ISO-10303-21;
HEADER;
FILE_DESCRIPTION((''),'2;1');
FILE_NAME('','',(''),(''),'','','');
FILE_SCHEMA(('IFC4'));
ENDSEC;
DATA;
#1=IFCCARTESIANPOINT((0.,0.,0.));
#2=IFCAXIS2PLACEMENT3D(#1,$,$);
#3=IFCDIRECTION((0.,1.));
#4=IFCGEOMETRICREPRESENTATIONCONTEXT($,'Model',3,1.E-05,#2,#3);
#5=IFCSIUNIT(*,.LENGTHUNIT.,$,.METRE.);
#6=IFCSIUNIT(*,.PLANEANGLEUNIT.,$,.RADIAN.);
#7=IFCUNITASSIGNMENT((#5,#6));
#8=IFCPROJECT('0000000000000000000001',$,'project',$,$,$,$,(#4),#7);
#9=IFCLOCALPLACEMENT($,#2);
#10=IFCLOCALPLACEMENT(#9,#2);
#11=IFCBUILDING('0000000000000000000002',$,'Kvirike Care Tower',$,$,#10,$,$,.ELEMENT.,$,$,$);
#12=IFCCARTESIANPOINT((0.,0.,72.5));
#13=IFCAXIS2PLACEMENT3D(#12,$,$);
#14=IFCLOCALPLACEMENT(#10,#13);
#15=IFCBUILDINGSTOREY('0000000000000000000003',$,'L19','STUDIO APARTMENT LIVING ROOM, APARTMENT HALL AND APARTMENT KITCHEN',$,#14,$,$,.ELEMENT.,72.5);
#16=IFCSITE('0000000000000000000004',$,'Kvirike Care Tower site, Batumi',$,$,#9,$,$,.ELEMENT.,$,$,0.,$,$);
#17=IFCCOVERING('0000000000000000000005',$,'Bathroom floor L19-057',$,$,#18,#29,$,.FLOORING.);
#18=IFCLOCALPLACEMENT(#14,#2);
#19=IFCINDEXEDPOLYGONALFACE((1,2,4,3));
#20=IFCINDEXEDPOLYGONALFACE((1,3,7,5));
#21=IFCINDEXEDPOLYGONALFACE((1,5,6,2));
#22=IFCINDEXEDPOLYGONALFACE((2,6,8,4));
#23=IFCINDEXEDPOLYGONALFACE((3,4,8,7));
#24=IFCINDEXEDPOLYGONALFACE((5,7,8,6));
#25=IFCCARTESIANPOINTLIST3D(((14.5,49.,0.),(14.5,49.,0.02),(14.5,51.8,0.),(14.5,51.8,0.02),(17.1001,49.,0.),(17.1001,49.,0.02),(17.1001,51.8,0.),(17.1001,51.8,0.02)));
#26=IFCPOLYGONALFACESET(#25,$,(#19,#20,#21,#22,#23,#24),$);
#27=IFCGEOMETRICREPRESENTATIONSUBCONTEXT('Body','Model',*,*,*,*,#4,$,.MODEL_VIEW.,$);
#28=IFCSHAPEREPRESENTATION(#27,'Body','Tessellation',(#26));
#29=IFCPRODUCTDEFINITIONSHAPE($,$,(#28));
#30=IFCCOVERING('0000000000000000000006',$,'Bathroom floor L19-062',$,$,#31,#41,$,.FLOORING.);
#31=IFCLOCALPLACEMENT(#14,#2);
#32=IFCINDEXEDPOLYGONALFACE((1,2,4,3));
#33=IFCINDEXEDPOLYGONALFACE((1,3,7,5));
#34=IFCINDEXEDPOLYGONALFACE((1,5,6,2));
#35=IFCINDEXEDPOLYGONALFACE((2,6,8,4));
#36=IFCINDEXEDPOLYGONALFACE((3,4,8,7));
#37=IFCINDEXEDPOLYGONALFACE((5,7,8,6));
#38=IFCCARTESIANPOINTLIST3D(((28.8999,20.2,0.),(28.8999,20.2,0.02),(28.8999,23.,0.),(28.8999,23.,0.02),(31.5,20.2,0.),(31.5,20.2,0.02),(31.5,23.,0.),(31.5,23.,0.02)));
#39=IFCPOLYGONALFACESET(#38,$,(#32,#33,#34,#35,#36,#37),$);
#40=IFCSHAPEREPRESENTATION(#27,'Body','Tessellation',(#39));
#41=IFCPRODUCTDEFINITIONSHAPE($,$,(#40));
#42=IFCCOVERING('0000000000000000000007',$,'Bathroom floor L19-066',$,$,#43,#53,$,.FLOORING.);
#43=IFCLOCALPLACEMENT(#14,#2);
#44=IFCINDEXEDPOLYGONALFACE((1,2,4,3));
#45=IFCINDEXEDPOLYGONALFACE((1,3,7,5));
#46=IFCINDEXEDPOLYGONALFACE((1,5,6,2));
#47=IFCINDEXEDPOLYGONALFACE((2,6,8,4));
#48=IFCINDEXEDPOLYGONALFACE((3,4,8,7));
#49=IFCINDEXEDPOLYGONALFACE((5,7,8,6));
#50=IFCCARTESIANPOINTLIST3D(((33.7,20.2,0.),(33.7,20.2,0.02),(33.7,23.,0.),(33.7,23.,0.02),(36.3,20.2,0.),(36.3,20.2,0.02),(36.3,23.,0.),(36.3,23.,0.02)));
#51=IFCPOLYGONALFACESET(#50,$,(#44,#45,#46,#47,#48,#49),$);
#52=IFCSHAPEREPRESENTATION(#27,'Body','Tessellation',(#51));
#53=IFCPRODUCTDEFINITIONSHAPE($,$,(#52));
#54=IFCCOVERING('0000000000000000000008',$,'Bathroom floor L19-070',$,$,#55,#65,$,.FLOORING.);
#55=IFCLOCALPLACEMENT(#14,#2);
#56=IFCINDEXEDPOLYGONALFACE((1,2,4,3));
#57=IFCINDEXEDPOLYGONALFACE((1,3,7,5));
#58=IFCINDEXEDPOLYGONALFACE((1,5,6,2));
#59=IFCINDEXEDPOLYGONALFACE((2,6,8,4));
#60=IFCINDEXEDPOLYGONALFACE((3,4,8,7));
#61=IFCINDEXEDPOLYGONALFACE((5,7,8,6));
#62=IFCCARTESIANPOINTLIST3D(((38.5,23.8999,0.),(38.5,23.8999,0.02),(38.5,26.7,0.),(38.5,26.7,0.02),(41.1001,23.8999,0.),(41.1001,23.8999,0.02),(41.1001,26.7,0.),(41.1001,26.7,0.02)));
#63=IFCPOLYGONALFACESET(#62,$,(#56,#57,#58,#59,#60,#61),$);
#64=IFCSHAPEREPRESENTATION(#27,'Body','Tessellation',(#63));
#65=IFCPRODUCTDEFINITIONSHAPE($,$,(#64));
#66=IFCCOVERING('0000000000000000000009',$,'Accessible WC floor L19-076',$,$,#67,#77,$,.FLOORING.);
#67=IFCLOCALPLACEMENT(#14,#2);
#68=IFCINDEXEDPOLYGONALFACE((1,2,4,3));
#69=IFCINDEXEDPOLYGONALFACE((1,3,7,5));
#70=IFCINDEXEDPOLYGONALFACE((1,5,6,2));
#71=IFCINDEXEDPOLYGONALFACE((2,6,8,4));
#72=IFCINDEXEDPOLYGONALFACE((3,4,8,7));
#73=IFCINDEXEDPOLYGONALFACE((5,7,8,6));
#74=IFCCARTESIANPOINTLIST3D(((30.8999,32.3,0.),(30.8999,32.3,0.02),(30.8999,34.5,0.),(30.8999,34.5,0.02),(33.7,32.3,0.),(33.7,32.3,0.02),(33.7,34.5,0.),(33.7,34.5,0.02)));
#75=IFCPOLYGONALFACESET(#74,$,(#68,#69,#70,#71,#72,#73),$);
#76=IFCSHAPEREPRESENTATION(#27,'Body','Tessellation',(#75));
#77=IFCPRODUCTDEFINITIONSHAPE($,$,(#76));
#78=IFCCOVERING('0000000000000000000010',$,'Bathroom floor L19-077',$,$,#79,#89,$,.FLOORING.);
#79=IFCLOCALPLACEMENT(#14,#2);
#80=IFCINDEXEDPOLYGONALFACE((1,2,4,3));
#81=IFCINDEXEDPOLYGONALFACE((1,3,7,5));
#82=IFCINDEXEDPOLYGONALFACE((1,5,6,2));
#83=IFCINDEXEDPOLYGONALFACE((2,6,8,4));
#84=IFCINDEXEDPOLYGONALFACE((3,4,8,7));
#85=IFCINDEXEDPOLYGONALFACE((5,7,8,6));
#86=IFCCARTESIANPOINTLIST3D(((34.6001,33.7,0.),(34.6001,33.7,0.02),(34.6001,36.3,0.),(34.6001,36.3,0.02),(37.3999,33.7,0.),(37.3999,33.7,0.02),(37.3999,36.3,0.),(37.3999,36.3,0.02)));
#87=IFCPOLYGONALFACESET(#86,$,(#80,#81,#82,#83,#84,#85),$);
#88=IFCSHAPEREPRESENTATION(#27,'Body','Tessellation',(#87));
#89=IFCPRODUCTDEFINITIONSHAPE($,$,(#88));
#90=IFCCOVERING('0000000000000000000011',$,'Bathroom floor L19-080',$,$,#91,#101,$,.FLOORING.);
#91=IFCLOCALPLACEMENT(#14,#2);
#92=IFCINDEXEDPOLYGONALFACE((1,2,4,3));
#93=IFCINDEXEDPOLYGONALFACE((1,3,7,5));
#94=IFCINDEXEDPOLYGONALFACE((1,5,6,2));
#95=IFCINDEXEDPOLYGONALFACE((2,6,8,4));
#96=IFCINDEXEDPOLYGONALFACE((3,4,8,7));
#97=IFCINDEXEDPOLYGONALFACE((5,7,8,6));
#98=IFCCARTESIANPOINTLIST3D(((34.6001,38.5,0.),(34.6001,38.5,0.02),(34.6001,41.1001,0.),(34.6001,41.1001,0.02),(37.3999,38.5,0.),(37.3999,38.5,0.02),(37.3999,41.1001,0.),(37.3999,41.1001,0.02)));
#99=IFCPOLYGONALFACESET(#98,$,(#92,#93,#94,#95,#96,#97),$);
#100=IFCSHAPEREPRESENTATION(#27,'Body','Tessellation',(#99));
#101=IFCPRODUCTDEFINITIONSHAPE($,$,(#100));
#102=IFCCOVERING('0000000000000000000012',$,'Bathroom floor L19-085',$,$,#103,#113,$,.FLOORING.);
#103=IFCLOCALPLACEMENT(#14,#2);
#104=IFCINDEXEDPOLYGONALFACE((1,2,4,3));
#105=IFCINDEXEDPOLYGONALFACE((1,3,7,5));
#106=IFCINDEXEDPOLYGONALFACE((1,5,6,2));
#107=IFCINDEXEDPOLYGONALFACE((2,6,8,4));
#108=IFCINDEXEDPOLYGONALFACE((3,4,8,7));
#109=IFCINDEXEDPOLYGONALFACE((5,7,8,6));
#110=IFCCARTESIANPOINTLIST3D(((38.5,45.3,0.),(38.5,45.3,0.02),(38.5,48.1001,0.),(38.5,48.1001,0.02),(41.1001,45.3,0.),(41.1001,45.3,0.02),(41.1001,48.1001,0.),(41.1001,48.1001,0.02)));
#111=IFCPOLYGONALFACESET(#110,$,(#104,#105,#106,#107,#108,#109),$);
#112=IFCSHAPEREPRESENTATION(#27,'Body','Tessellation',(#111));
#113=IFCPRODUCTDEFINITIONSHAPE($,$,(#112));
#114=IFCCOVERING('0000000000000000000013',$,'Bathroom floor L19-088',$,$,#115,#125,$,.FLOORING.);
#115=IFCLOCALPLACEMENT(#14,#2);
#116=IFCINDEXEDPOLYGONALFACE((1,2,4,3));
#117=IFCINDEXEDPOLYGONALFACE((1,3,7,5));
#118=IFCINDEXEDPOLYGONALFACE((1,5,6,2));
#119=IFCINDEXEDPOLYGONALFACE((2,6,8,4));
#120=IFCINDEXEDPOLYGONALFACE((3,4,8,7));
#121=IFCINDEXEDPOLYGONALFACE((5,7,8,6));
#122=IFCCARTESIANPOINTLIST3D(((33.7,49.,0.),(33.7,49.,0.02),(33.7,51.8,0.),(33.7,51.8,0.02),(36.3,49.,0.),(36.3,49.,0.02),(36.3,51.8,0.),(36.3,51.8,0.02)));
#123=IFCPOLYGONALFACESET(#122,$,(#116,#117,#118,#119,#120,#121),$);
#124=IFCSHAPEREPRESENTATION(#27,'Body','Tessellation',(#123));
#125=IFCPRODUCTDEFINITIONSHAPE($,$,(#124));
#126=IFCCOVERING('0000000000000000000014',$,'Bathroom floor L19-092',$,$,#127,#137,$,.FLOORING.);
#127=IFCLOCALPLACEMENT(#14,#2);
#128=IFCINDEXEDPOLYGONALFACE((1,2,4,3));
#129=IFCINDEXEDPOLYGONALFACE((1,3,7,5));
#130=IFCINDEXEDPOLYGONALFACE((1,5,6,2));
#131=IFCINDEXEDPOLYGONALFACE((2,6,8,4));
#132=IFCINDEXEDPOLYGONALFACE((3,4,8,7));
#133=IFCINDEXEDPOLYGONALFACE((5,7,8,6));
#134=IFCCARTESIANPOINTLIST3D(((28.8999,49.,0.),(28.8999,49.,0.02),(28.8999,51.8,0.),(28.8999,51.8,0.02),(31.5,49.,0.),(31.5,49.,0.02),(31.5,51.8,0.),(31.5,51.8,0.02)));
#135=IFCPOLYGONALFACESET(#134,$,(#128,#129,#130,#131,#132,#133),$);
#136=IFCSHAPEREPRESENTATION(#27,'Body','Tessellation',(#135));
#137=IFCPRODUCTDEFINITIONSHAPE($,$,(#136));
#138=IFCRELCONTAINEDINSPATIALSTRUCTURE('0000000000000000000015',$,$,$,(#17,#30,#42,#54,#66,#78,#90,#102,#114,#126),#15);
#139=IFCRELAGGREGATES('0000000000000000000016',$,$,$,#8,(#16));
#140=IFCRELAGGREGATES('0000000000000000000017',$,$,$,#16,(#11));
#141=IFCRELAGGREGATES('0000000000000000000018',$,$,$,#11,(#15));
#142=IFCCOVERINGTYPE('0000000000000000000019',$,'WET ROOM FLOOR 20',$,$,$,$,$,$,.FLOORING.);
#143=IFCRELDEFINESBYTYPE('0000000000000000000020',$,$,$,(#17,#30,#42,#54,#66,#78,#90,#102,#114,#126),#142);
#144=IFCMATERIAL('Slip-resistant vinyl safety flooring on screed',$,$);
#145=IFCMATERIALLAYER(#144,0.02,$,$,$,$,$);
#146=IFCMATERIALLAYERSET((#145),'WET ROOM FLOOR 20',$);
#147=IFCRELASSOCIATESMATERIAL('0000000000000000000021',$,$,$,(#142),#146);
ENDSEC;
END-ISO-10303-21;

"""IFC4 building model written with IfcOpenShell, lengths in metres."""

from ifc_helpers import new_model, si_unit, direction, frame, origin, place, context, subcontext, project, spatial, polyline, outline, extrude, material, layer, layer_set, type_object, element, save


model = new_model("IFC4")

# Units and contexts
model_context = context("Model", 3, precision=1e-05, world=origin(), true_north=direction((0.0, 1.0)))
body_context = subcontext(model_context, "Body", "Model", "MODEL_VIEW")
ifc_project = project(units=[si_unit("LENGTHUNIT", "METRE"), si_unit("PLANEANGLEUNIT", "RADIAN")], contexts=[model_context])

# Site, building, storey
site_placement = place(None, origin())
site = spatial("IfcSite", under=ifc_project, at=site_placement, Name="Kvirike Care Tower site, Batumi", CompositionType="ELEMENT", RefElevation=0.0)
building_placement = place(site_placement, origin())
building = spatial("IfcBuilding", under=site, at=building_placement, Name="Kvirike Care Tower", CompositionType="ELEMENT")
storey_placement = place(building_placement, frame((0.0, 0.0, 72.5)))
storey = spatial("IfcBuildingStorey", under=building, at=storey_placement, Name="L19", Description="STUDIO APARTMENT LIVING ROOM, APARTMENT HALL AND APARTMENT KITCHEN", CompositionType="ELEMENT", Elevation=72.5)

# Coverings
ifc_material_1 = material(Name="Slip-resistant vinyl safety flooring on screed")
ifc_layer_1 = layer(ifc_material_1, 0.02)
ifc_layer_set_1 = layer_set([ifc_layer_1], Name="WET ROOM FLOOR 20")
covering_type = type_object("IfcCoveringType", Name="WET ROOM FLOOR 20", PredefinedType="FLOORING", material=ifc_layer_set_1)
covering_1_placement = place(storey_placement, origin())
element("IfcCovering", 1, at=covering_1_placement, inside=storey, type_object=covering_type, Name="Bathroom floor L19-057", PredefinedType="FLOORING", context=body_context, shape_type="SweptSolid", body=[
    extrude(outline(polyline([(17.1001, 51.8), (17.1001, 49.0), (14.5, 49.0), (14.5, 51.8), (17.1001, 51.8)])), origin(), (0.0, 0.0, 1.0), 0.02),
])
covering_2_placement = place(storey_placement, origin())
element("IfcCovering", 2, at=covering_2_placement, inside=storey, type_object=covering_type, Name="Bathroom floor L19-062", PredefinedType="FLOORING", context=body_context, shape_type="SweptSolid", body=[
    extrude(outline(polyline([(28.8999, 20.2), (28.8999, 23.0), (31.5, 23.0), (31.5, 20.2), (28.8999, 20.2)])), origin(), (0.0, 0.0, 1.0), 0.02),
])
covering_3_placement = place(storey_placement, origin())
element("IfcCovering", 3, at=covering_3_placement, inside=storey, type_object=covering_type, Name="Bathroom floor L19-066", PredefinedType="FLOORING", context=body_context, shape_type="SweptSolid", body=[
    extrude(outline(polyline([(33.7, 20.2), (33.7, 23.0), (36.3, 23.0), (36.3, 20.2), (33.7, 20.2)])), origin(), (0.0, 0.0, 1.0), 0.02),
])
covering_4_placement = place(storey_placement, origin())
element("IfcCovering", 4, at=covering_4_placement, inside=storey, type_object=covering_type, Name="Bathroom floor L19-070", PredefinedType="FLOORING", context=body_context, shape_type="SweptSolid", body=[
    extrude(outline(polyline([(38.5, 23.8999), (38.5, 26.7), (41.1001, 26.7), (41.1001, 23.8999), (38.5, 23.8999)])), origin(), (0.0, 0.0, 1.0), 0.02),
])
covering_5_placement = place(storey_placement, origin())
element("IfcCovering", 5, at=covering_5_placement, inside=storey, type_object=covering_type, Name="Accessible WC floor L19-076", PredefinedType="FLOORING", context=body_context, shape_type="SweptSolid", body=[
    extrude(outline(polyline([(33.7, 32.3), (30.8999, 32.3), (30.8999, 34.5), (33.7, 34.5), (33.7, 32.3)])), origin(), (0.0, 0.0, 1.0), 0.02),
])
covering_6_placement = place(storey_placement, origin())
element("IfcCovering", 6, at=covering_6_placement, inside=storey, type_object=covering_type, Name="Bathroom floor L19-077", PredefinedType="FLOORING", context=body_context, shape_type="SweptSolid", body=[
    extrude(outline(polyline([(37.3999, 33.7), (34.6001, 33.7), (34.6001, 36.3), (37.3999, 36.3), (37.3999, 33.7)])), origin(), (0.0, 0.0, 1.0), 0.02),
])
covering_7_placement = place(storey_placement, origin())
element("IfcCovering", 7, at=covering_7_placement, inside=storey, type_object=covering_type, Name="Bathroom floor L19-080", PredefinedType="FLOORING", context=body_context, shape_type="SweptSolid", body=[
    extrude(outline(polyline([(37.3999, 38.5), (34.6001, 38.5), (34.6001, 41.1001), (37.3999, 41.1001), (37.3999, 38.5)])), origin(), (0.0, 0.0, 1.0), 0.02),
])
covering_8_placement = place(storey_placement, origin())
element("IfcCovering", 8, at=covering_8_placement, inside=storey, type_object=covering_type, Name="Bathroom floor L19-085", PredefinedType="FLOORING", context=body_context, shape_type="SweptSolid", body=[
    extrude(outline(polyline([(41.1001, 48.1001), (41.1001, 45.3), (38.5, 45.3), (38.5, 48.1001), (41.1001, 48.1001)])), origin(), (0.0, 0.0, 1.0), 0.02),
])
covering_9_placement = place(storey_placement, origin())
element("IfcCovering", 9, at=covering_9_placement, inside=storey, type_object=covering_type, Name="Bathroom floor L19-088", PredefinedType="FLOORING", context=body_context, shape_type="SweptSolid", body=[
    extrude(outline(polyline([(36.3, 51.8), (36.3, 49.0), (33.7, 49.0), (33.7, 51.8), (36.3, 51.8)])), origin(), (0.0, 0.0, 1.0), 0.02),
])
covering_10_placement = place(storey_placement, origin())
element("IfcCovering", 10, at=covering_10_placement, inside=storey, type_object=covering_type, Name="Bathroom floor L19-092", PredefinedType="FLOORING", context=body_context, shape_type="SweptSolid", body=[
    extrude(outline(polyline([(31.5, 51.8), (31.5, 49.0), (28.8999, 49.0), (28.8999, 51.8), (31.5, 51.8)])), origin(), (0.0, 0.0, 1.0), 0.02),
])

save(model, "model.ifc")
